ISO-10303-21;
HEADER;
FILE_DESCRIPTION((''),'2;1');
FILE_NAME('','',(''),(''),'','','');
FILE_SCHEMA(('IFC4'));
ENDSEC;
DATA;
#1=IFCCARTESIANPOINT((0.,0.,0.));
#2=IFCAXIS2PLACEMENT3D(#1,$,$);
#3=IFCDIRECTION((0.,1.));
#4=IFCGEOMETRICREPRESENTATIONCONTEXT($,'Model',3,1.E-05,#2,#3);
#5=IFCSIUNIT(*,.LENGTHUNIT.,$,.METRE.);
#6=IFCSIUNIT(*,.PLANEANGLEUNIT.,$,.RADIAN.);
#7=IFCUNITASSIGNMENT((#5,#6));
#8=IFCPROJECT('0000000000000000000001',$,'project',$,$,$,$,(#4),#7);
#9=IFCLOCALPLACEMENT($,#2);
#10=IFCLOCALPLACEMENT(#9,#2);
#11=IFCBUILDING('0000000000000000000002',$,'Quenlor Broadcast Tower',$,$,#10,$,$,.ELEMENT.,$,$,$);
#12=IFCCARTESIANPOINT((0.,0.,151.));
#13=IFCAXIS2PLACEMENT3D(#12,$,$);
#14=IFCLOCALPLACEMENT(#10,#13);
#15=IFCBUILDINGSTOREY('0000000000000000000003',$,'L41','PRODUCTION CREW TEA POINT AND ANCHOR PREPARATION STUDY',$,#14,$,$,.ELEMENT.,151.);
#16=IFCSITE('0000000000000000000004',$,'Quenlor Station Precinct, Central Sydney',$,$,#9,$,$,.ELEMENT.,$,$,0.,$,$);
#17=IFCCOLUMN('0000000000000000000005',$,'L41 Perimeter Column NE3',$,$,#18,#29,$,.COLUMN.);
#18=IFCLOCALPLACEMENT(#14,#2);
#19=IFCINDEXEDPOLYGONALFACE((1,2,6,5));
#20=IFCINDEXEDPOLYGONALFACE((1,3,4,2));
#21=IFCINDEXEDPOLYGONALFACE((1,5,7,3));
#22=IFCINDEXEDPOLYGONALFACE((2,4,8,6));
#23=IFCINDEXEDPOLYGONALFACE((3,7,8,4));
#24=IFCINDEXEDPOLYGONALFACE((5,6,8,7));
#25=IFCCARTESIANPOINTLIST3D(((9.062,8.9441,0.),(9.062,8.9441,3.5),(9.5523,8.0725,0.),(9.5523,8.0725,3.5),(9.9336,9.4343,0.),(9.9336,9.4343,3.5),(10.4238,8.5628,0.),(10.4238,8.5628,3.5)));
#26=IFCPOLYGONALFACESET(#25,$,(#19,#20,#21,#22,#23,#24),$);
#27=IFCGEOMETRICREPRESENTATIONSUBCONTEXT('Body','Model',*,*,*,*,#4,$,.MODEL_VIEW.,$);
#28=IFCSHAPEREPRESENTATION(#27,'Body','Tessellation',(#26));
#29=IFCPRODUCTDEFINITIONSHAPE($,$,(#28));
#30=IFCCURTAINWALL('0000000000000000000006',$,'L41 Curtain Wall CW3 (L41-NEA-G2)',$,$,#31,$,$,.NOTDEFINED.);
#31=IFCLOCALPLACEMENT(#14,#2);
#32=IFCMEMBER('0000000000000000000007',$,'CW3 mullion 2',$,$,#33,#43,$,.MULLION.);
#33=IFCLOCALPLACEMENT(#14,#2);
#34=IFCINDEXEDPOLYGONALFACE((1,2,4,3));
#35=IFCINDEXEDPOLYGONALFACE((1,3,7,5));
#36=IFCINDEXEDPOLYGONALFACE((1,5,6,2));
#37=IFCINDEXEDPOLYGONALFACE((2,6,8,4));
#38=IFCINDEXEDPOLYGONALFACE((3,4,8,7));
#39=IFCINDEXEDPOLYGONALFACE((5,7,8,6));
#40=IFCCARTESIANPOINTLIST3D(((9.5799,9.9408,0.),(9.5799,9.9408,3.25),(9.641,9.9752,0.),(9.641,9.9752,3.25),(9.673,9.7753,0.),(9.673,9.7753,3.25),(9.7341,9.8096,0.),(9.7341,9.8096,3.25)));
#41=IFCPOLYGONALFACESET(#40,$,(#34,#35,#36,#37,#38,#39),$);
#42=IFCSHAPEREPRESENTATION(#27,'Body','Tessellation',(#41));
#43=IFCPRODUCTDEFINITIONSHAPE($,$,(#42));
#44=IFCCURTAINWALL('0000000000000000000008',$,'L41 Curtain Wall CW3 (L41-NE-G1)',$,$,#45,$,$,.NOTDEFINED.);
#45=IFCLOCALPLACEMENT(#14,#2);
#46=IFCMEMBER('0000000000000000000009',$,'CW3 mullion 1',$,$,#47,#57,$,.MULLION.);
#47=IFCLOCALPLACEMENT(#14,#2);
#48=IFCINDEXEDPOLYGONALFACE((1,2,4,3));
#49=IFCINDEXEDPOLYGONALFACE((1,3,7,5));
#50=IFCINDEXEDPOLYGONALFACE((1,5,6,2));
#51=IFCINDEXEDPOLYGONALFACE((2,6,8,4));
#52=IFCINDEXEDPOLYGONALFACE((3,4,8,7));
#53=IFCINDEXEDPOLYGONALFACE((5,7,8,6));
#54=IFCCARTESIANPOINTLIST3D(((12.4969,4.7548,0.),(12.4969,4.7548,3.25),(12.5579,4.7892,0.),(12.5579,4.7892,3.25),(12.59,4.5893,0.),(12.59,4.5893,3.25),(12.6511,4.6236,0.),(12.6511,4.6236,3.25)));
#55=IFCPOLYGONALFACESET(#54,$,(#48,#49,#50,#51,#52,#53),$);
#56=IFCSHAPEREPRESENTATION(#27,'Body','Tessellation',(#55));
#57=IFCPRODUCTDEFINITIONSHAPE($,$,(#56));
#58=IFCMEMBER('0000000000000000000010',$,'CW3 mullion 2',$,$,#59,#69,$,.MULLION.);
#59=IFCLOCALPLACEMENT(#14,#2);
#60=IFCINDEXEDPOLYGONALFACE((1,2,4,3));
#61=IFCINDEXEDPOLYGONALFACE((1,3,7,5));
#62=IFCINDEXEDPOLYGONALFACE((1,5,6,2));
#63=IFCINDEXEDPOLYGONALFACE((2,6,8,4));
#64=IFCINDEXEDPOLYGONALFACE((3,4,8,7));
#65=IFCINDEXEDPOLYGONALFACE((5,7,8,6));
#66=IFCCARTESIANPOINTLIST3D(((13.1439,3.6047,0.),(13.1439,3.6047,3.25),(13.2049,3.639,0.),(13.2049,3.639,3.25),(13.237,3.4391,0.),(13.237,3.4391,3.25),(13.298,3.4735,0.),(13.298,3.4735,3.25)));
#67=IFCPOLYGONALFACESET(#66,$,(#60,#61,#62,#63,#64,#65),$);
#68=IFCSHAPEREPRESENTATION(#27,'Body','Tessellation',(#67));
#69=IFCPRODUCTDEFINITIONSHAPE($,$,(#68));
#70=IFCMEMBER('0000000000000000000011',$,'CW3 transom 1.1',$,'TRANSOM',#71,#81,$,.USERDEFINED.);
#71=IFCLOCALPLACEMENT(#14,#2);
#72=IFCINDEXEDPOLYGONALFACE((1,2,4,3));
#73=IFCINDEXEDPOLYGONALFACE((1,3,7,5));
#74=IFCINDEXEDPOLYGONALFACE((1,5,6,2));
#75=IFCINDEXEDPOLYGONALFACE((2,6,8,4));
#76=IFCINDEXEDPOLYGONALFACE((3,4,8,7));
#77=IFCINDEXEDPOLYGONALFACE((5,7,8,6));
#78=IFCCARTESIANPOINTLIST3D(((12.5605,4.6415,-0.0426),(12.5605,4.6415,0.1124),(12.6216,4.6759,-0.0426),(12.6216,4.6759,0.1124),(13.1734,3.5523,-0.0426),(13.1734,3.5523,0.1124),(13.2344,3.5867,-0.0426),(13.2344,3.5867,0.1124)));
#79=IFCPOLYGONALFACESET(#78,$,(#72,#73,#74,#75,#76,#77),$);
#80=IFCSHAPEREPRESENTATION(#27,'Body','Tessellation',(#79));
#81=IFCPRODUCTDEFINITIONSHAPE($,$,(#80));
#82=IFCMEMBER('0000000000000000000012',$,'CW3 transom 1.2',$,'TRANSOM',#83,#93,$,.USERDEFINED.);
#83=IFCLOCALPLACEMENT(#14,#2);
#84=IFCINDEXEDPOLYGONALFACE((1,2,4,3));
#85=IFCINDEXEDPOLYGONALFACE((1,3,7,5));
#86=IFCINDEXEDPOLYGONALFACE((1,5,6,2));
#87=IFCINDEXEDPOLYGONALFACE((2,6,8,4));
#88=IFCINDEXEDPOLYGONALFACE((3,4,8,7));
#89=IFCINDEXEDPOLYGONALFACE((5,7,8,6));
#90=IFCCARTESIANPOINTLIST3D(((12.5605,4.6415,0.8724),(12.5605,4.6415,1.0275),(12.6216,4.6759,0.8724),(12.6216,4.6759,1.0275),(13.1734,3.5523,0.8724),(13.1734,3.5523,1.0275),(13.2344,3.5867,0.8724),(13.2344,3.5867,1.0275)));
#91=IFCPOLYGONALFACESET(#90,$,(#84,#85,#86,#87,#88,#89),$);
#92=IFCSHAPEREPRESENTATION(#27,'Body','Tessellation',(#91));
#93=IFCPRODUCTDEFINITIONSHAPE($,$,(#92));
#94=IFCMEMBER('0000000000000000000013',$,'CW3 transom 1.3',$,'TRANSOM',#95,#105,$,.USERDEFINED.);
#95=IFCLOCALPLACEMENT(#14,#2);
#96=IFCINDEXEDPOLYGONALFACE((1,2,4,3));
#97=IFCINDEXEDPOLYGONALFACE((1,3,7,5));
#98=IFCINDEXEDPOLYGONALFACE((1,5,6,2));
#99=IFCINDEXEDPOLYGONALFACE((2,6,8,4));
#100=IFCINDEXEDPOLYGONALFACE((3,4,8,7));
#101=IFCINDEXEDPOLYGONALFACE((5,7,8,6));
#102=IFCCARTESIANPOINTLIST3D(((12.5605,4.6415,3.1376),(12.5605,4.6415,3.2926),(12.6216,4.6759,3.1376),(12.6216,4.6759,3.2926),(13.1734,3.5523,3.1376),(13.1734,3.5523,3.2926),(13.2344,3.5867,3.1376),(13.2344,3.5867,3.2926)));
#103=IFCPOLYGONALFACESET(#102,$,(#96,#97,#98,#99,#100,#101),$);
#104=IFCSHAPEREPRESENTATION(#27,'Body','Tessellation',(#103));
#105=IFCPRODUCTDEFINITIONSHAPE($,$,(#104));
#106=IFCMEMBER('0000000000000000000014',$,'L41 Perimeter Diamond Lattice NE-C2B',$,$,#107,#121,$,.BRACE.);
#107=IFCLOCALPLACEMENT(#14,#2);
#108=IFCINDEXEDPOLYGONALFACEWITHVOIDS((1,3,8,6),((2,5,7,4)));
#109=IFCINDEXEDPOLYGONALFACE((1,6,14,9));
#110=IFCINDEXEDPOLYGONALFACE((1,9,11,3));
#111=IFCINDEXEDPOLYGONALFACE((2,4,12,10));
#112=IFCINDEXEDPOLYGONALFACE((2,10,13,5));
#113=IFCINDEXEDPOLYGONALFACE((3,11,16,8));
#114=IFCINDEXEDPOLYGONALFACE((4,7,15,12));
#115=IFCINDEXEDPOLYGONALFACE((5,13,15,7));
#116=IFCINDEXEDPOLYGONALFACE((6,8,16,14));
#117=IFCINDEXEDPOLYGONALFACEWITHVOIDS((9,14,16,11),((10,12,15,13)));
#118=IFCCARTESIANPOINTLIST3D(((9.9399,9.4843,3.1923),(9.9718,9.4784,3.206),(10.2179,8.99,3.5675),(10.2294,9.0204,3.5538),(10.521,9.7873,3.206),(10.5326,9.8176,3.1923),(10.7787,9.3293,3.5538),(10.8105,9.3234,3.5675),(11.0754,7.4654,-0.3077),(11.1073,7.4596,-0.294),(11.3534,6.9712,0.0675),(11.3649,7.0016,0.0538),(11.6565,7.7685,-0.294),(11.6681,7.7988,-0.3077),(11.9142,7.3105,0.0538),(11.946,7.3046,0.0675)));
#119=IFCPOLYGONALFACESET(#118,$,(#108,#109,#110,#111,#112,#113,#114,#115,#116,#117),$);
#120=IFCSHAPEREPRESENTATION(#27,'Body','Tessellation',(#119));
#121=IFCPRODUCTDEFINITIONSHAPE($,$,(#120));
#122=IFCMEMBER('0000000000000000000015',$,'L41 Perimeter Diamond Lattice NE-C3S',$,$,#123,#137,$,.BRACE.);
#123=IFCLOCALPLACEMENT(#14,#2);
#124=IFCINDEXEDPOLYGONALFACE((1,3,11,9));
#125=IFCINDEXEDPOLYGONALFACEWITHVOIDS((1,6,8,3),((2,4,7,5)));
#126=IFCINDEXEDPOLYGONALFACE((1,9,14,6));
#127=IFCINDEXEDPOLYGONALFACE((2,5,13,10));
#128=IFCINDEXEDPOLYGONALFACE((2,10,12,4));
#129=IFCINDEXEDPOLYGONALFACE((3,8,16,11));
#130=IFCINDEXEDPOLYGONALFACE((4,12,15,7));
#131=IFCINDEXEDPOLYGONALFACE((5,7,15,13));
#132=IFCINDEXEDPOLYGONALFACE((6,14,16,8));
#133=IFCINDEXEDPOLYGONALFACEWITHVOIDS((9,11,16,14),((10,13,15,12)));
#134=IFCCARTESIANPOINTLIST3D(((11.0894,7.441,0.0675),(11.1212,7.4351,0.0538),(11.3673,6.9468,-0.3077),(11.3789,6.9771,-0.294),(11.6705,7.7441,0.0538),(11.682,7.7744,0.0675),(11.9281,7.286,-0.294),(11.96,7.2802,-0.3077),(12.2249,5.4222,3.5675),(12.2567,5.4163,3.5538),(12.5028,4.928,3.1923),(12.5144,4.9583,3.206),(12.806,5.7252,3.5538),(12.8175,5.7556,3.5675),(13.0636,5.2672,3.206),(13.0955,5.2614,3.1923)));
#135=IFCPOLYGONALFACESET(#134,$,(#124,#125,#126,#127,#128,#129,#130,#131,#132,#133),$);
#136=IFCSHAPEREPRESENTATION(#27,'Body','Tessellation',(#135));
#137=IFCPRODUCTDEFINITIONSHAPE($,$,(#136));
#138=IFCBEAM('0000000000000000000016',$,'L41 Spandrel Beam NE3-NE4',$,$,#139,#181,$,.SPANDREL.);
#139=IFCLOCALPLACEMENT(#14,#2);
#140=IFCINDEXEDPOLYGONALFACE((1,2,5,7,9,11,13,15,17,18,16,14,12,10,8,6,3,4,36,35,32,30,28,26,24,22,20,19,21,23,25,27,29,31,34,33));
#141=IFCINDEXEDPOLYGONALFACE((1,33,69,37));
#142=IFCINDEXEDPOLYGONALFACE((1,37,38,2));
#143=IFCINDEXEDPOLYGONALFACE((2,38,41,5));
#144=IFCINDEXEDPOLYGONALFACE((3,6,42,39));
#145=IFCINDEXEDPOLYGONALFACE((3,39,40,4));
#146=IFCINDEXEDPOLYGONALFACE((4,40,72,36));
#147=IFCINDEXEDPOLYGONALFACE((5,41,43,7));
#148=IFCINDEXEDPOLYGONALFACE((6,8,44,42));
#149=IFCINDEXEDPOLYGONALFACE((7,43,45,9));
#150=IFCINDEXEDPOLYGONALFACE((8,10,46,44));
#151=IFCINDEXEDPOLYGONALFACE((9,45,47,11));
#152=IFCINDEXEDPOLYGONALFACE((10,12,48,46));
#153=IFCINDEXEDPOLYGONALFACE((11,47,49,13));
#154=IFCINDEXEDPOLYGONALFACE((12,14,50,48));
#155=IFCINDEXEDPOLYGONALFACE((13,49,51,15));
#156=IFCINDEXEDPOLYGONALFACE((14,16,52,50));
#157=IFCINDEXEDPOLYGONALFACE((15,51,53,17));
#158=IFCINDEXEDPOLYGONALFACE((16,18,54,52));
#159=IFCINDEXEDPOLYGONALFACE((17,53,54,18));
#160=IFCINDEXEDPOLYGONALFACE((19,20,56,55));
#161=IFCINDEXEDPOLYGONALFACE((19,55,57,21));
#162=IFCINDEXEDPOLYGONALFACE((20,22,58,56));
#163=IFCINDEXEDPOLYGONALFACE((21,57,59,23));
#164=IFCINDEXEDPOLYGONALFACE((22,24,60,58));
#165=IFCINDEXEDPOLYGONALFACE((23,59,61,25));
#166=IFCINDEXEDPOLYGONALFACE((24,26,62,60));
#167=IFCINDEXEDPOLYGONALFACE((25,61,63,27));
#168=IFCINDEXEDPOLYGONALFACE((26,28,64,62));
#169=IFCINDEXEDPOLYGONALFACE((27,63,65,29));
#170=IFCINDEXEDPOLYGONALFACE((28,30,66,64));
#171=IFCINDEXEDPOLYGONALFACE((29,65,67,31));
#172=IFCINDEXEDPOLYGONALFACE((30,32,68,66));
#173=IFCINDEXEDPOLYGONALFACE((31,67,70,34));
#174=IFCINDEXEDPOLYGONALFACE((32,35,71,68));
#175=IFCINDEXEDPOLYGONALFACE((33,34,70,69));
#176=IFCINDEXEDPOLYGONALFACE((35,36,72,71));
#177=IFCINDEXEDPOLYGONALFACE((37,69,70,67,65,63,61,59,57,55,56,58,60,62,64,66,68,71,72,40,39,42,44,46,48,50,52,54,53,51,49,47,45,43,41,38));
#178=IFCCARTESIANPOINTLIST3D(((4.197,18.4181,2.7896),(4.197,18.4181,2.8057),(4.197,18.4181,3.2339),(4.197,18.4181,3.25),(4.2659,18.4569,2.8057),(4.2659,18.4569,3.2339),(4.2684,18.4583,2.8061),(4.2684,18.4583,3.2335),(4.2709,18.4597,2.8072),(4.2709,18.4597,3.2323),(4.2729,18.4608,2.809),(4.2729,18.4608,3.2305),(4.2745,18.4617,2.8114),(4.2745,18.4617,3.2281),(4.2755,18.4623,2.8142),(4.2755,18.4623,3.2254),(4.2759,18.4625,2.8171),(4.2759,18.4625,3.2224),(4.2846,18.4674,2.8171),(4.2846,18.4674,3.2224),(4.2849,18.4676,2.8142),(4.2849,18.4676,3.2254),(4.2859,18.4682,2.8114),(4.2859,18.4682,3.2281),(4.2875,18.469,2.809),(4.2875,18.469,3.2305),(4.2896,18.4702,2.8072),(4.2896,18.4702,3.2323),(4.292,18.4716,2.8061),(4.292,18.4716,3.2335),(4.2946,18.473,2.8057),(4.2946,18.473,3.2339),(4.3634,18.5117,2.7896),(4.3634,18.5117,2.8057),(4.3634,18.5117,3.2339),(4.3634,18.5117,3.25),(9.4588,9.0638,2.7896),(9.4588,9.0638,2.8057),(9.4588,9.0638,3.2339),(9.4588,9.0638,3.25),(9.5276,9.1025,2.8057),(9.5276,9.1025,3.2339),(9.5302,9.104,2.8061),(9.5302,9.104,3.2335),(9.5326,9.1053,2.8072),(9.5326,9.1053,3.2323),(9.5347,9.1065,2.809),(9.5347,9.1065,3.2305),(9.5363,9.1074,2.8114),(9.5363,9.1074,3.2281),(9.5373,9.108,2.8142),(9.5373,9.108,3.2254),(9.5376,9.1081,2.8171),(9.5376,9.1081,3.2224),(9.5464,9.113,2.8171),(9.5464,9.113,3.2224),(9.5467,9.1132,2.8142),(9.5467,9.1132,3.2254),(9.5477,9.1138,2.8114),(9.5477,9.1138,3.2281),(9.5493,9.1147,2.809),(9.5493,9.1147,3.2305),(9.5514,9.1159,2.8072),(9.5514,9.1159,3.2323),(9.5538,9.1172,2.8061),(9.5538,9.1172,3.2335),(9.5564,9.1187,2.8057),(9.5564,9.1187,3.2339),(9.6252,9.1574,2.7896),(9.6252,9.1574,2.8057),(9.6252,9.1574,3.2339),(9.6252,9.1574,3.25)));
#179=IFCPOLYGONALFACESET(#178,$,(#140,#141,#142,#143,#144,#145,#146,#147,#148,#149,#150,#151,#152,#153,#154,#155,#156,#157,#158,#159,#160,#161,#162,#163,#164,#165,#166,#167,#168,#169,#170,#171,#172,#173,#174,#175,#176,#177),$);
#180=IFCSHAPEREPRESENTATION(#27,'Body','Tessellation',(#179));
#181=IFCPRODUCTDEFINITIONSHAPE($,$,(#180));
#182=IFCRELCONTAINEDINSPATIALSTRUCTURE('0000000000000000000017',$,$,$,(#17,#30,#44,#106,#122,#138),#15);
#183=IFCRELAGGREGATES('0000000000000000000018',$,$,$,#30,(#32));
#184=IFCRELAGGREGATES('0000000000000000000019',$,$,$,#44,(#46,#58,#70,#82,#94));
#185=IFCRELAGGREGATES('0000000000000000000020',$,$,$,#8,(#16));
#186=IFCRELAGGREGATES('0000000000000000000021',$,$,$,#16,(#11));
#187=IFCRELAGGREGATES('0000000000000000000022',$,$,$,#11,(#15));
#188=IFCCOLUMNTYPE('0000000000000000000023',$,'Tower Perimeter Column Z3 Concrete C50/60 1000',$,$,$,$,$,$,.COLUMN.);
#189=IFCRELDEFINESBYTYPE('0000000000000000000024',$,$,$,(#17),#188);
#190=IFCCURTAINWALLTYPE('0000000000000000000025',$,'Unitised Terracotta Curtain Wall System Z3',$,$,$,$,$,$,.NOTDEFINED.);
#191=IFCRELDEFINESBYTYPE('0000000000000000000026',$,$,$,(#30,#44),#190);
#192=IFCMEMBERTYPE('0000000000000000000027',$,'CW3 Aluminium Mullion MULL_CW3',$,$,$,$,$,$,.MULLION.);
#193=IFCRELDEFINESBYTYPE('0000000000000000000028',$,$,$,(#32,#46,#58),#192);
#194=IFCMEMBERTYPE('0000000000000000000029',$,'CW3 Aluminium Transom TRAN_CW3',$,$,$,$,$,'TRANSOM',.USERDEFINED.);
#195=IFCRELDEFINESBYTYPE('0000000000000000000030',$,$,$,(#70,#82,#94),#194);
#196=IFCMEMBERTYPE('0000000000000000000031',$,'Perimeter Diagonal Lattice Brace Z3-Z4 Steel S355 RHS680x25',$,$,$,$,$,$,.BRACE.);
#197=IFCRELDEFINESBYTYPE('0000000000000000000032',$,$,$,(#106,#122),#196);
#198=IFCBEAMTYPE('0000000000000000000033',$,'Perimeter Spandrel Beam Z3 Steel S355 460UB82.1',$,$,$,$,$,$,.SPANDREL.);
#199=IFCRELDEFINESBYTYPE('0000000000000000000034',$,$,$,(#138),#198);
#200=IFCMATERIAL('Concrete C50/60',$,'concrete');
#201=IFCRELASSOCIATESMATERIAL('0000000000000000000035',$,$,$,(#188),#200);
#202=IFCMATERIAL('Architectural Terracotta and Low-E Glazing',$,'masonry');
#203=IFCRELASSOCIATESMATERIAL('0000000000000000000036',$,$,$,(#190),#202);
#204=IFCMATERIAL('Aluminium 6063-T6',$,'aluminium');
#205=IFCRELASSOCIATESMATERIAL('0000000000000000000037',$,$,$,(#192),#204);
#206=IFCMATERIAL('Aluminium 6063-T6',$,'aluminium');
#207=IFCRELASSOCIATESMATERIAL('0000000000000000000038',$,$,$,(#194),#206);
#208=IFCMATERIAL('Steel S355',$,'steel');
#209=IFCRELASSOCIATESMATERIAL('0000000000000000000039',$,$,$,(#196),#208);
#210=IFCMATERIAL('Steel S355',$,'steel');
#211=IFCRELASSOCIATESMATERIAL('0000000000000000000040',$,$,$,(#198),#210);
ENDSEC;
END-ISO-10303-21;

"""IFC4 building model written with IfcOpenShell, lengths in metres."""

from ifc_helpers import new_model, si_unit, direction, frame, origin, origin_2d, place, context, subcontext, project, spatial, rectangle, hollow_rectangle, i_section, extrude, material, material_profile, profile_set, type_object, element, aggregate, save


model = new_model("IFC4")

# Units and contexts
model_context = context("Model", 3, precision=1e-05, world=origin(), true_north=direction((0.0, 1.0)))
body_context = subcontext(model_context, "Body", "Model", "MODEL_VIEW")
ifc_project = project(units=[si_unit("LENGTHUNIT", "METRE"), si_unit("PLANEANGLEUNIT", "RADIAN")], contexts=[model_context])

# Site, building, storey
site_placement = place(None, origin())
site = spatial("IfcSite", under=ifc_project, at=site_placement, Name="Quenlor Station Precinct, Central Sydney", CompositionType="ELEMENT", RefElevation=0.0)
building_placement = place(site_placement, origin())
building = spatial("IfcBuilding", under=site, at=building_placement, Name="Quenlor Broadcast Tower", CompositionType="ELEMENT")
storey_placement = place(building_placement, frame((0.0, 0.0, 151.0)))
storey = spatial("IfcBuildingStorey", under=building, at=storey_placement, Name="L41", Description="PRODUCTION CREW TEA POINT AND ANCHOR PREPARATION STUDY", CompositionType="ELEMENT", Elevation=151.0)

# Column
ifc_material_1 = material(Name="Concrete C50/60", Category="concrete")
ifc_material_profile_1 = material_profile(ifc_material_1, rectangle(XDim=1.0, YDim=1.0, at=origin_2d()))
ifc_profile_set_1 = profile_set([ifc_material_profile_1], Name="Concrete C50/60 RC1000x1000")
column_type = type_object("IfcColumnType", Name="Tower Perimeter Column Z3 Concrete C50/60 1000", PredefinedType="COLUMN", material=ifc_profile_set_1)
column_placement = place(storey_placement, frame((9.7429, 8.7534, 0.0), z_axis=(0.0, 0.0, 1.0), x_axis=(0.871575, 0.490262, 0.0)))
element("IfcColumn", 1, at=column_placement, inside=storey, type_object=column_type, Name="L41 Perimeter Column NE3", PredefinedType="COLUMN", context=body_context, shape_type="SweptSolid", body=[
    extrude(rectangle(XDim=1.0, YDim=1.0, at=origin_2d()), origin(), (0.0, 0.0, 1.0), 3.5),
])

# Curtain wall, member
ifc_material_2 = material(Name="Architectural Terracotta and Low-E Glazing", Category="masonry")
curtain_wall_type = type_object("IfcCurtainWallType", Name="Unitised Terracotta Curtain Wall System Z3", PredefinedType="NOTDEFINED", material=ifc_material_2)
curtain_wall_1_placement = place(storey_placement, origin())
curtain_wall_1 = element("IfcCurtainWall", 2, at=curtain_wall_1_placement, inside=storey, type_object=curtain_wall_type, Name="L41 Curtain Wall CW3 (L41-NEA-G2)", PredefinedType="NOTDEFINED")
ifc_material_3 = material(Name="Aluminium 6063-T6", Category="aluminium")
ifc_material_profile_2 = material_profile(ifc_material_3, rectangle(XDim=0.0701, YDim=0.1899, at=origin_2d()))
ifc_profile_set_2 = profile_set([ifc_material_profile_2], Name="Aluminium 6063-T6 MULL70x190")
member_type_1 = type_object("IfcMemberType", Name="CW3 Aluminium Mullion MULL_CW3", PredefinedType="MULLION", material=ifc_profile_set_2)
member_1_placement = place(storey_placement, frame((9.657, 9.8752, 0.0), z_axis=(0.0, 0.0, 1.0), x_axis=(0.871601, 0.490216, 0.0)))
member_1 = element("IfcMember", 3, at=member_1_placement, type_object=member_type_1, Name="CW3 mullion 2", PredefinedType="MULLION", context=body_context, shape_type="SweptSolid", body=[
    extrude(rectangle(XDim=0.0701, YDim=0.1899, at=origin_2d()), origin(), (0.0, 0.0, 1.0), 3.25),
])

# Curtain wall, members
curtain_wall_2_placement = place(storey_placement, origin())
curtain_wall_2 = element("IfcCurtainWall", 4, at=curtain_wall_2_placement, inside=storey, type_object=curtain_wall_type, Name="L41 Curtain Wall CW3 (L41-NE-G1)", PredefinedType="NOTDEFINED")
member_2_placement = place(storey_placement, frame((12.574, 4.6892, 0.0), z_axis=(0.0, 0.0, 1.0), x_axis=(0.871562, 0.490285, 0.0)))
member_2 = element("IfcMember", 5, at=member_2_placement, type_object=member_type_1, Name="CW3 mullion 1", PredefinedType="MULLION", context=body_context, shape_type="SweptSolid", body=[
    extrude(rectangle(XDim=0.0701, YDim=0.1899, at=origin_2d()), origin(), (0.0, 0.0, 1.0), 3.25),
])
member_3_placement = place(storey_placement, frame((13.2209, 3.5391, 0.0), z_axis=(0.0, 0.0, 1.0), x_axis=(0.871562, 0.490285, 0.0)))
member_3 = element("IfcMember", 6, at=member_3_placement, type_object=member_type_1, Name="CW3 mullion 2", PredefinedType="MULLION", context=body_context, shape_type="SweptSolid", body=[
    extrude(rectangle(XDim=0.0701, YDim=0.1899, at=origin_2d()), origin(), (0.0, 0.0, 1.0), 3.25),
])
ifc_material_4 = material(Name="Aluminium 6063-T6", Category="aluminium")
ifc_material_profile_3 = material_profile(ifc_material_4, rectangle(XDim=0.0701, YDim=0.155, at=origin_2d()))
ifc_profile_set_3 = profile_set([ifc_material_profile_3], Name="Aluminium 6063-T6 TRAN70x155")
member_type_2 = type_object("IfcMemberType", Name="CW3 Aluminium Transom TRAN_CW3", ElementType="TRANSOM", PredefinedType="USERDEFINED", material=ifc_profile_set_3)
member_4_placement = place(storey_placement, frame((12.5911, 4.6587, 0.0349), z_axis=(0.490363, -0.871518, 0.0), x_axis=(0.871518, 0.490363, 0.0)))
member_4 = element("IfcMember", 7, at=member_4_placement, type_object=member_type_2, Name="CW3 transom 1.1", ObjectType="TRANSOM", PredefinedType="USERDEFINED", context=body_context, shape_type="SweptSolid", body=[
    extrude(rectangle(XDim=0.0701, YDim=0.155, at=origin_2d()), origin(), (0.0, 0.0, 1.0), 1.2498),
])
member_5_placement = place(storey_placement, frame((12.5911, 4.6587, 0.95), z_axis=(0.490363, -0.871518, 0.0), x_axis=(0.871518, 0.490363, 0.0)))
member_5 = element("IfcMember", 8, at=member_5_placement, type_object=member_type_2, Name="CW3 transom 1.2", ObjectType="TRANSOM", PredefinedType="USERDEFINED", context=body_context, shape_type="SweptSolid", body=[
    extrude(rectangle(XDim=0.0701, YDim=0.155, at=origin_2d()), origin(), (0.0, 0.0, 1.0), 1.2498),
])
member_6_placement = place(storey_placement, frame((12.5911, 4.6587, 3.2151), z_axis=(0.490363, -0.871518, 0.0), x_axis=(0.871518, 0.490363, 0.0)))
member_6 = element("IfcMember", 9, at=member_6_placement, type_object=member_type_2, Name="CW3 transom 1.3", ObjectType="TRANSOM", PredefinedType="USERDEFINED", context=body_context, shape_type="SweptSolid", body=[
    extrude(rectangle(XDim=0.0701, YDim=0.155, at=origin_2d()), origin(), (0.0, 0.0, 1.0), 1.2498),
])

# Members
ifc_material_5 = material(Name="Steel S355", Category="steel")
ifc_material_profile_4 = material_profile(ifc_material_5, hollow_rectangle(XDim=0.6799, YDim=0.6799, WallThickness=0.0249, at=origin_2d()))
ifc_profile_set_4 = profile_set([ifc_material_profile_4], Name="Steel S355 RHS680x680x25")
member_type_3 = type_object("IfcMemberType", Name="Perimeter Diagonal Lattice Brace Z3-Z4 Steel S355 RHS680x25", PredefinedType="BRACE", material=ifc_profile_set_4)
for number, where, z_axis, x_axis, name in (
    (10, (11.5107, 7.385, -0.1201), (-0.270549, 0.481009, 0.833927), (-0.87159, -0.490236, 0.0), "L41 Perimeter Diamond Lattice NE-C2B"),
    (11, (11.5247, 7.3606, -0.1201), (0.270549, -0.481009, 0.833927), (0.87159, 0.490236, 0.0), "L41 Perimeter Diamond Lattice NE-C3S"),
):
    element("IfcMember", number, at=place(storey_placement, frame(where, z_axis=z_axis, x_axis=x_axis)), inside=storey, type_object=member_type_3, Name=name, PredefinedType="BRACE", context=body_context, shape_type="SweptSolid", body=[
        extrude(hollow_rectangle(XDim=0.6799, YDim=0.6799, WallThickness=0.0249, at=origin_2d()), origin(), (0.0, 0.0, 1.0), 4.197),
    ])

# Beam
ifc_material_6 = material(Name="Steel S355", Category="steel")
ifc_material_profile_5 = material_profile(ifc_material_6, i_section(OverallWidth=0.1909, OverallDepth=0.4604, WebThickness=0.01, FlangeThickness=0.0161, FilletRadius=0.0115, at=origin_2d()))
ifc_profile_set_5 = profile_set([ifc_material_profile_5], Name="Steel S355 460UB82.1")
beam_type_1 = type_object("IfcBeamType", Name="Perimeter Spandrel Beam Z3 Steel S355 460UB82.1", PredefinedType="SPANDREL", material=ifc_profile_set_5)
beam_1_placement = place(storey_placement, frame((9.542, 9.1106, 3.0198), z_axis=(-0.490258, 0.871577, 0.0), x_axis=(-0.871577, -0.490258, 0.0)))
element("IfcBeam", 12, at=beam_1_placement, inside=storey, type_object=beam_type_1, Name="L41 Spandrel Beam NE3-NE4", PredefinedType="SPANDREL", context=body_context, shape_type="SweptSolid", body=[
    extrude(i_section(OverallWidth=0.1909, OverallDepth=0.4604, WebThickness=0.01, FlangeThickness=0.0161, FilletRadius=0.0115, at=origin_2d()), origin(), (0.0, 0.0, 1.0), 10.7327),
])

aggregate(curtain_wall_1, [member_1])
aggregate(curtain_wall_2, [member_2, member_3, member_4, member_5, member_6])

save(model, "model.ifc")
